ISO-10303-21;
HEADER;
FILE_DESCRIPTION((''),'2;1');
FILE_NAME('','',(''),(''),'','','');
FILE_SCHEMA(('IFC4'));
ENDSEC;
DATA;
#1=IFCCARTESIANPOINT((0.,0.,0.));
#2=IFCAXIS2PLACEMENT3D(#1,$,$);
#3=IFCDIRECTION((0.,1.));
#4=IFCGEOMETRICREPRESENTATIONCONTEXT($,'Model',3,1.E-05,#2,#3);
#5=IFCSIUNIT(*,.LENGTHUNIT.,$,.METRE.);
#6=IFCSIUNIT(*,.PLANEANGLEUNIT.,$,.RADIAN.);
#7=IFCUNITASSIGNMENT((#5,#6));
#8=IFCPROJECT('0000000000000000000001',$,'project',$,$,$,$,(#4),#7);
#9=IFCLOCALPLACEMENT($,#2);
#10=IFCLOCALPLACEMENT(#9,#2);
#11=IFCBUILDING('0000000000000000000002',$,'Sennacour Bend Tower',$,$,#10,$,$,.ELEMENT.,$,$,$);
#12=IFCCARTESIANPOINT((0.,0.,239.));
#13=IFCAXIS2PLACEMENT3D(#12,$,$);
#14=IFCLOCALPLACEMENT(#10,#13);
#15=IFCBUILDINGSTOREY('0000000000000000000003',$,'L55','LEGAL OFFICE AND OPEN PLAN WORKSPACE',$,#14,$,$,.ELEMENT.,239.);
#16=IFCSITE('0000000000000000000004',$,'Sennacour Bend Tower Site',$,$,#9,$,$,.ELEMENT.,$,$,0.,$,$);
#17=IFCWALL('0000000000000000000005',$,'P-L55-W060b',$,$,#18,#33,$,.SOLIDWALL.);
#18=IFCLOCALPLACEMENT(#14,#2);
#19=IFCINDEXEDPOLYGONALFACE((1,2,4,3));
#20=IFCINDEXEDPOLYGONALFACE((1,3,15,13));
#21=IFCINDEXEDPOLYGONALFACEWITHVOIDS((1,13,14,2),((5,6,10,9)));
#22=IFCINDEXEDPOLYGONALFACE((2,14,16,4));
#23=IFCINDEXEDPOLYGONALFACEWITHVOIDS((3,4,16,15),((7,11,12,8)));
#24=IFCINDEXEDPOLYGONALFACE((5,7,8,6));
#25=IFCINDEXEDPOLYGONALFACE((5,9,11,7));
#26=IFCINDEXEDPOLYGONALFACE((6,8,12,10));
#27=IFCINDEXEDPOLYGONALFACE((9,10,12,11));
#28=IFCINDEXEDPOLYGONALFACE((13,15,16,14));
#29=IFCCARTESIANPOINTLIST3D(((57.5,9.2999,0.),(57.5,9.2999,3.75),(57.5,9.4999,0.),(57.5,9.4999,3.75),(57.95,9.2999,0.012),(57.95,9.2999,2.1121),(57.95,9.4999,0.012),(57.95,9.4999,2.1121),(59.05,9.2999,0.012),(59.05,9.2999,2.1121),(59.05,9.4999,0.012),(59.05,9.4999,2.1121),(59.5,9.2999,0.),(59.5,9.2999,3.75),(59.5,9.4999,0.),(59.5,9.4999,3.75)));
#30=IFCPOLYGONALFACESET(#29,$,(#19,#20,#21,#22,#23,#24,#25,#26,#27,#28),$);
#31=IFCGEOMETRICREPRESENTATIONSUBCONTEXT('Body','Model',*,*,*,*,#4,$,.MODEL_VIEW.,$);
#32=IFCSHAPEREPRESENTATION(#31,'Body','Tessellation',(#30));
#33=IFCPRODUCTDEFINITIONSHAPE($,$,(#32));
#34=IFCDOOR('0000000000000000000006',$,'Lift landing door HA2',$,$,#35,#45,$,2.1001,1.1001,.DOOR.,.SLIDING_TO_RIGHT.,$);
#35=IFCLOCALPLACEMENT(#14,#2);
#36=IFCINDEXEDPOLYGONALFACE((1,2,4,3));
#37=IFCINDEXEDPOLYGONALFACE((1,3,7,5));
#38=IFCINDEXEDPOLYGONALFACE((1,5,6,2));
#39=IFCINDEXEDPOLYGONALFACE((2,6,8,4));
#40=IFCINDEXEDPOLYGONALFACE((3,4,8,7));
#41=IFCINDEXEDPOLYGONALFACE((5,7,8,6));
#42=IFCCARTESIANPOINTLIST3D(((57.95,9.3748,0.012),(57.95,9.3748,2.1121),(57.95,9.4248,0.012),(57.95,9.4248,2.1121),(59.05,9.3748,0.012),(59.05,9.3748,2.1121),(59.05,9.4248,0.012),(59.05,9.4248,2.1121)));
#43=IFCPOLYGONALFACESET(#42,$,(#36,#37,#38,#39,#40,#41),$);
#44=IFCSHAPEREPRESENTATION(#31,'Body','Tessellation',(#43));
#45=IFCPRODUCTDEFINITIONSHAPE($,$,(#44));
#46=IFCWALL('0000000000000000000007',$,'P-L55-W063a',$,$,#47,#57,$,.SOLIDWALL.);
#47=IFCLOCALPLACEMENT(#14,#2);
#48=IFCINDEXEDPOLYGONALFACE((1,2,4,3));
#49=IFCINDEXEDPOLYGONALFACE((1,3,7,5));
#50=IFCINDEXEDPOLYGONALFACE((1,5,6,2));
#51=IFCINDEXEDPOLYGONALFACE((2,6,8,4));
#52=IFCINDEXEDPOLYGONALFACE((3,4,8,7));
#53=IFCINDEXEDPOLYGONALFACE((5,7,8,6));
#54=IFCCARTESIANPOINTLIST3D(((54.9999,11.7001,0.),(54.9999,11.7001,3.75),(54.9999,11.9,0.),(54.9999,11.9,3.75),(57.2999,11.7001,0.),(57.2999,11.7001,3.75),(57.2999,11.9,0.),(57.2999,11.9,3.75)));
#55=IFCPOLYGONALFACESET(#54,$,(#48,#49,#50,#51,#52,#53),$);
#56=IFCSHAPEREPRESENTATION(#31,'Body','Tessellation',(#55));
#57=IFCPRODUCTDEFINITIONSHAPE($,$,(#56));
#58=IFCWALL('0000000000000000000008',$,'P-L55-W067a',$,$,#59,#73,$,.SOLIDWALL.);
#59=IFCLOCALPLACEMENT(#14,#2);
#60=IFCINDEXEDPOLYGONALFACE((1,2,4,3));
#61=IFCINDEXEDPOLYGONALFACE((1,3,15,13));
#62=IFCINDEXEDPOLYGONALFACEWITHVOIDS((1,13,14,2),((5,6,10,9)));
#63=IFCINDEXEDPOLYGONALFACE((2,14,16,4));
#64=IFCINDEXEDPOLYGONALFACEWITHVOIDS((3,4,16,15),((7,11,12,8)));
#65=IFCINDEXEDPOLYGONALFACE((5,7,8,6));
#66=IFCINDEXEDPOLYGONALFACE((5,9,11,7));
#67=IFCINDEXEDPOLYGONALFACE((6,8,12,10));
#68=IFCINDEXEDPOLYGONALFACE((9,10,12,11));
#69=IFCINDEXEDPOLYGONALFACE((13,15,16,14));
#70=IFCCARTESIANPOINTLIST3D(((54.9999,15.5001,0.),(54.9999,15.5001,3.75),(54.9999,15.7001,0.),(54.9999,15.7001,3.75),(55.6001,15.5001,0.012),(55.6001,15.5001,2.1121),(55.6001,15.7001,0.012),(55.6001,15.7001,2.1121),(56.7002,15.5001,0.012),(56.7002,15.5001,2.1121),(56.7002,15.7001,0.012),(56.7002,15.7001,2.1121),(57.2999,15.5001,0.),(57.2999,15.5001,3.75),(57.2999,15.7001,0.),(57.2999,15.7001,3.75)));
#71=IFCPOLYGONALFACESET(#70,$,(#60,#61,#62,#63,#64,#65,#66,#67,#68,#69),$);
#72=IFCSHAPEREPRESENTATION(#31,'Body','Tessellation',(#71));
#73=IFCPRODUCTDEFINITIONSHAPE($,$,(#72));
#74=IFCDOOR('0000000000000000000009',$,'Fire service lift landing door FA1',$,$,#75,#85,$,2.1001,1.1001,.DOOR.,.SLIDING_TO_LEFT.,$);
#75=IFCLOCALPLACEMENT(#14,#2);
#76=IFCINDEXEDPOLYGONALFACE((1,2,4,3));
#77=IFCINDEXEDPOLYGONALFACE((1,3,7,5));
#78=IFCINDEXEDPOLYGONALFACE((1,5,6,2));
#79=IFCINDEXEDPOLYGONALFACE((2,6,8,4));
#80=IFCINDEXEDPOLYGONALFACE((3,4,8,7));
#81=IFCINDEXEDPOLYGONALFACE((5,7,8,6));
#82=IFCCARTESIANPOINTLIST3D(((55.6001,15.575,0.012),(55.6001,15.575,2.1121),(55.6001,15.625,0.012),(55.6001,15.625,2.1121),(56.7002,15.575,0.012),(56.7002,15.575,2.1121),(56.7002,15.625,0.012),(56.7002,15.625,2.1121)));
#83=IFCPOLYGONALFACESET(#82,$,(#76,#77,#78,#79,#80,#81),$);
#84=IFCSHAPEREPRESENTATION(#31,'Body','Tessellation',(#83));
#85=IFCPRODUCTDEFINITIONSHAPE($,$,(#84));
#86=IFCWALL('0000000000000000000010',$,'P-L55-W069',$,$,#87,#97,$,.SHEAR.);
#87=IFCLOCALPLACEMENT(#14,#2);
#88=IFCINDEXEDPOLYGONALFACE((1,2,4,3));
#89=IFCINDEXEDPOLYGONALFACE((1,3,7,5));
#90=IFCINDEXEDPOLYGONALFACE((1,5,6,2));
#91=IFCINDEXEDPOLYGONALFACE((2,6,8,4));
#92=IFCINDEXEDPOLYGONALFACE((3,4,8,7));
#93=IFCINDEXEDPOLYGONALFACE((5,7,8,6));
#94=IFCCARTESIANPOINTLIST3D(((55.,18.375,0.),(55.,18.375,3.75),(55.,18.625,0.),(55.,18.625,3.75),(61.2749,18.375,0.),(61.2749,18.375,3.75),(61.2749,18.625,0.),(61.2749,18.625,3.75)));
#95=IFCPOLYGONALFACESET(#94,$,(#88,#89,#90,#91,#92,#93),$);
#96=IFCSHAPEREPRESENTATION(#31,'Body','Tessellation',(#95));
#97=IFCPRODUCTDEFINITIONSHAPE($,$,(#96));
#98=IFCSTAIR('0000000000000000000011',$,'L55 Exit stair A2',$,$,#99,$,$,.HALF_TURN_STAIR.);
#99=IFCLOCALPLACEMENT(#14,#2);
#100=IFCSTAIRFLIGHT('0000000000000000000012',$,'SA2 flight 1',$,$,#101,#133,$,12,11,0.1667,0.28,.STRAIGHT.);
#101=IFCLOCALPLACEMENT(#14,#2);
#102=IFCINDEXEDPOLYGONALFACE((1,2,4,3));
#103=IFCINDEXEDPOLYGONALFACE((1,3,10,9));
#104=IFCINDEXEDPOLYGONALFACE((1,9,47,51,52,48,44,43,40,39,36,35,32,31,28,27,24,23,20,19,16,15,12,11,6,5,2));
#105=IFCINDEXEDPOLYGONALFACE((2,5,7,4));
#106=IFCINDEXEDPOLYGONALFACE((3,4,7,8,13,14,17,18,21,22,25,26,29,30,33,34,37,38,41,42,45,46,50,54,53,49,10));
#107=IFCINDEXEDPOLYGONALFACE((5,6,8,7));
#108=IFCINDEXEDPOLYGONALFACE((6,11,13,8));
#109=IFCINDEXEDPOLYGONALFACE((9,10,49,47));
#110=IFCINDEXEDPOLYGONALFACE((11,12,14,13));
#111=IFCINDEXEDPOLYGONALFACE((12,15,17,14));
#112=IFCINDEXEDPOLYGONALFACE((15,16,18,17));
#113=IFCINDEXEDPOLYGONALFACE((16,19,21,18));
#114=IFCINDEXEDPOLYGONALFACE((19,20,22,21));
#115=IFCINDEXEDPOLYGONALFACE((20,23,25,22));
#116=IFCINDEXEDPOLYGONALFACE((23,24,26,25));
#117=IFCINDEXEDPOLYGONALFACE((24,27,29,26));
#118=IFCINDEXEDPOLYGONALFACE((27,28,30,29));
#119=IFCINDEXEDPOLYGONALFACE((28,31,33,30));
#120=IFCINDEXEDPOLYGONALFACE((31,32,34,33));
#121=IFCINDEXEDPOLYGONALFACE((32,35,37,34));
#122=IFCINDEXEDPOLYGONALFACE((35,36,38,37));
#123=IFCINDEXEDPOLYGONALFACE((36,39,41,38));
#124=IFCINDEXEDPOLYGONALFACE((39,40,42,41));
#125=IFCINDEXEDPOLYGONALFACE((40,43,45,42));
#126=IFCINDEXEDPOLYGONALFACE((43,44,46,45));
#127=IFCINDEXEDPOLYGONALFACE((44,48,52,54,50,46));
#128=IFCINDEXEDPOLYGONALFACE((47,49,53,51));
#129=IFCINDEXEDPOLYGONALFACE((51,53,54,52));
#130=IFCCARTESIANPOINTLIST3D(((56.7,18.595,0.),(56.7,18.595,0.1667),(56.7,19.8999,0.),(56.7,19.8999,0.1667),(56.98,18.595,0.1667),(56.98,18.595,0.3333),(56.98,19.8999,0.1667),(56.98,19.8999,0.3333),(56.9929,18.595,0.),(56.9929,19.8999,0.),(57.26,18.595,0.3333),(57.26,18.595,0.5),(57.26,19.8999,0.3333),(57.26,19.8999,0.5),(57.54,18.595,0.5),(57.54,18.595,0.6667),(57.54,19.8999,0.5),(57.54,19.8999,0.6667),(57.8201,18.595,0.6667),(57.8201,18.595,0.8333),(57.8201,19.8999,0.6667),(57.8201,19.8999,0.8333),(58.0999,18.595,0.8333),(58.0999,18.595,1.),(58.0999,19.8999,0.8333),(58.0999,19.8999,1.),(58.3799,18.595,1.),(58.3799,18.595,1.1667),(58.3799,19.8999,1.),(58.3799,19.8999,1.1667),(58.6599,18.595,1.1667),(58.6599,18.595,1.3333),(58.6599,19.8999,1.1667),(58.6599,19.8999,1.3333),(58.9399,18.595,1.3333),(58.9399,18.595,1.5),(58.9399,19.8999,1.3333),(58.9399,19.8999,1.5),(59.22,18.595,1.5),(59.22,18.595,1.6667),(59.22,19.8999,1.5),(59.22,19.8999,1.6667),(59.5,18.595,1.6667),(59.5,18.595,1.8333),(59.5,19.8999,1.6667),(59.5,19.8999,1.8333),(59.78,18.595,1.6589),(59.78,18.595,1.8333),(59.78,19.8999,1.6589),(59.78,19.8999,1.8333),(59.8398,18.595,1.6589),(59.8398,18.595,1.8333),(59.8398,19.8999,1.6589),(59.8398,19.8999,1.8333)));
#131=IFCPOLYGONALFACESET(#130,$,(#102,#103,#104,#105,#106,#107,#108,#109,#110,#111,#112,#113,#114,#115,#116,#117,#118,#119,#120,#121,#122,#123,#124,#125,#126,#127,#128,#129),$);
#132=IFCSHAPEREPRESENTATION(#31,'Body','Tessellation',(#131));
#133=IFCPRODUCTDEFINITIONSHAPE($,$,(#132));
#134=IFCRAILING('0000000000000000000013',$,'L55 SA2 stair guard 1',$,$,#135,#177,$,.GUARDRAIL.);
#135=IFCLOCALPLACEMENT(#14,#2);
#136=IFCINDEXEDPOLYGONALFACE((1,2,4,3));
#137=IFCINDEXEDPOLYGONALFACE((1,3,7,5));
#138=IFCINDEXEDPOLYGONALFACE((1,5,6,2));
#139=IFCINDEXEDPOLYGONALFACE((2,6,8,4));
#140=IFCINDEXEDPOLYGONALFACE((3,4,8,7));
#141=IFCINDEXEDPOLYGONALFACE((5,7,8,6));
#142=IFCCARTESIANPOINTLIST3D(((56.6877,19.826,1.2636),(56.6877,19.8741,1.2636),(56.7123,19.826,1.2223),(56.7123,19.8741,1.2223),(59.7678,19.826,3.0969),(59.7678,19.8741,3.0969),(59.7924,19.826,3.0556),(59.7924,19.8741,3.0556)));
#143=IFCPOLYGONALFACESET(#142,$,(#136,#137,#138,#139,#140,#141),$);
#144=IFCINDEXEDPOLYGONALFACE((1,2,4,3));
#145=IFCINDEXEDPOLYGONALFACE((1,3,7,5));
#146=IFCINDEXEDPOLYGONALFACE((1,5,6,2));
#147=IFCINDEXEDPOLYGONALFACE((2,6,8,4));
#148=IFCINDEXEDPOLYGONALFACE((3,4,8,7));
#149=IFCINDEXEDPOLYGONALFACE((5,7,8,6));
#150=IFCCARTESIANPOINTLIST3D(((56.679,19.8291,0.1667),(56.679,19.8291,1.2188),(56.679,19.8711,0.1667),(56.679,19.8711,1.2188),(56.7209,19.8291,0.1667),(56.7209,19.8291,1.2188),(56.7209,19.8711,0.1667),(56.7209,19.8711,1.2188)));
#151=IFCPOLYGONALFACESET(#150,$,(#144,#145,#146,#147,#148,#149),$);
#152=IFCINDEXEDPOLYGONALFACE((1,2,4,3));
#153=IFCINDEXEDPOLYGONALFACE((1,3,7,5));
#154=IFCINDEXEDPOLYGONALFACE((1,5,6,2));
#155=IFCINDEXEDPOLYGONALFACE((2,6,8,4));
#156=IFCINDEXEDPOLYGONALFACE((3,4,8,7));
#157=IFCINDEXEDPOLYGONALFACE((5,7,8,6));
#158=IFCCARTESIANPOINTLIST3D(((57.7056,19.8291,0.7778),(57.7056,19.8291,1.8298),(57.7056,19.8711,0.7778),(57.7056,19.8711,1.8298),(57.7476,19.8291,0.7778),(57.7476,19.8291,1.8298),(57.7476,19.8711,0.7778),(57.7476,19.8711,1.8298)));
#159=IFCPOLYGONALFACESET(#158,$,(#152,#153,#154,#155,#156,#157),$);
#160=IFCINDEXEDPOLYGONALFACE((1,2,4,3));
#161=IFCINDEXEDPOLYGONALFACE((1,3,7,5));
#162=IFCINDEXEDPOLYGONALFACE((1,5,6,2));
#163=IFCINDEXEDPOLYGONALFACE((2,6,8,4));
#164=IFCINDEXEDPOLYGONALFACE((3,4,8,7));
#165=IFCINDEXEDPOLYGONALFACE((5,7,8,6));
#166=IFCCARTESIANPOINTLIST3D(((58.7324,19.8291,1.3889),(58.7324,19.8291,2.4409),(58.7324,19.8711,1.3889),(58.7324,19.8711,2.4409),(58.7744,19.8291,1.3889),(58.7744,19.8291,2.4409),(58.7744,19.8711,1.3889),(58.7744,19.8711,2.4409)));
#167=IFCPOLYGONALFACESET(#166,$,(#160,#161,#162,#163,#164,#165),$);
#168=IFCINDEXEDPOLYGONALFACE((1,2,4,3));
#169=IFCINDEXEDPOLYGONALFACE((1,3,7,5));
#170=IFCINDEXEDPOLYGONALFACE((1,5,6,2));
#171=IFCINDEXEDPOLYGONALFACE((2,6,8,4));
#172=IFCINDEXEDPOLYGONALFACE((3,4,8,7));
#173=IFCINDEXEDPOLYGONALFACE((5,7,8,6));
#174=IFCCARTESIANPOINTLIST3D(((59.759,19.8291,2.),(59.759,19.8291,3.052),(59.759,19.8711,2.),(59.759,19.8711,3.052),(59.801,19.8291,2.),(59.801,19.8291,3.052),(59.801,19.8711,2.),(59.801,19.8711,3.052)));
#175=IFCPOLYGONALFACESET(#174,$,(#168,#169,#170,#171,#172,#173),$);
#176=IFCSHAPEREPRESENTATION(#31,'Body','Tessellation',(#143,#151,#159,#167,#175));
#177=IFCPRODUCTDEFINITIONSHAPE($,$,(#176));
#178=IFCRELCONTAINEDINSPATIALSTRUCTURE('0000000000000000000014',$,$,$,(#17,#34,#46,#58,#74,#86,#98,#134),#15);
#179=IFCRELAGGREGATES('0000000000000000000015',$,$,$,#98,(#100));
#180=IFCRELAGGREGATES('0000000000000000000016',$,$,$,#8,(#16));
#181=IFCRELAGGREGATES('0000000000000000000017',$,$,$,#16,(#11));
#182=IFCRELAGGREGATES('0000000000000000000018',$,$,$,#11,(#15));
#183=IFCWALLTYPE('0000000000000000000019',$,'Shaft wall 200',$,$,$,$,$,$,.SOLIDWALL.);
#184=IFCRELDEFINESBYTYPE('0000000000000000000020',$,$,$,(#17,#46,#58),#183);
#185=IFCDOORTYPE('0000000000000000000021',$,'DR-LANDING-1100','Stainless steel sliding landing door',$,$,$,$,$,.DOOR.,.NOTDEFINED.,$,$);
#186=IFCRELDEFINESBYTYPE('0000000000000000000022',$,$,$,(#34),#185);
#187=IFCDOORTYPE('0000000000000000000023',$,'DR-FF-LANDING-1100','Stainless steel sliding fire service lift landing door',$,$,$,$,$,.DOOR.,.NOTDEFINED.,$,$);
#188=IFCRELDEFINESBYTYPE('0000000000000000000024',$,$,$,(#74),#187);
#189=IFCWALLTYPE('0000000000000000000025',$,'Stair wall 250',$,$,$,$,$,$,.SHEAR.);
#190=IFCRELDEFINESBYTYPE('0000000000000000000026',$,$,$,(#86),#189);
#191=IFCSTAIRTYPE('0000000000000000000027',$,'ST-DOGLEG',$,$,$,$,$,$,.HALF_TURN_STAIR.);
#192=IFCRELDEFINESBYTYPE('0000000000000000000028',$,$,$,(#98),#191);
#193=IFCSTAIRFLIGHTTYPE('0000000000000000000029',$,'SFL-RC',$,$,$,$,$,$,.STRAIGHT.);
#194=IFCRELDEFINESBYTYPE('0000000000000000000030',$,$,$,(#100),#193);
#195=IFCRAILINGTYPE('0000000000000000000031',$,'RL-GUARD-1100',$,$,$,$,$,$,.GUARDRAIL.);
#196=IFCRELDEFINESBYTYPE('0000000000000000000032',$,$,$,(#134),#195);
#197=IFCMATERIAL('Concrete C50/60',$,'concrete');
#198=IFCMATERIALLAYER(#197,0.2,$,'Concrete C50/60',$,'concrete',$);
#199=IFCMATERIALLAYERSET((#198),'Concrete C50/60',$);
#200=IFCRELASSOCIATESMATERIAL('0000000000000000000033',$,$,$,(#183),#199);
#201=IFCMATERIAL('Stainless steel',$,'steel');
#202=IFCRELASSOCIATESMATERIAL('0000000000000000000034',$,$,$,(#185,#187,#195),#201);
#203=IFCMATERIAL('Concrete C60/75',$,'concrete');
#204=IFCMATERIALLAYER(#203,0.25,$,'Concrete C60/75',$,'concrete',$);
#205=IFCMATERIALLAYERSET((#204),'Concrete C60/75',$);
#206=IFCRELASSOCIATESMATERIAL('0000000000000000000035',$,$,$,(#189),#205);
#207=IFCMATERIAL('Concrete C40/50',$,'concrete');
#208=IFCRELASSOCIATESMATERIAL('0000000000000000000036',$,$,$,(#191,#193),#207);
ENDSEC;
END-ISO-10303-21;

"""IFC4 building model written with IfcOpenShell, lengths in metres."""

from ifc_helpers import new_model, si_unit, direction, frame, frame_2d, origin, origin_2d, place, context, subcontext, project, spatial, polyline, rectangle, outline, extrude, material, layer, layer_set, type_object, element, fill, aggregate, save


model = new_model("IFC4")

# Units and contexts
model_context = context("Model", 3, precision=1e-05, world=origin(), true_north=direction((0.0, 1.0)))
body_context = subcontext(model_context, "Body", "Model", "MODEL_VIEW")
ifc_project = project(units=[si_unit("LENGTHUNIT", "METRE"), si_unit("PLANEANGLEUNIT", "RADIAN")], contexts=[model_context])

# Site, building, storey
site_placement = place(None, origin())
site = spatial("IfcSite", under=ifc_project, at=site_placement, Name="Sennacour Bend Tower Site", CompositionType="ELEMENT", RefElevation=0.0)
building_placement = place(site_placement, origin())
building = spatial("IfcBuilding", under=site, at=building_placement, Name="Sennacour Bend Tower", CompositionType="ELEMENT")
storey_placement = place(building_placement, frame((0.0, 0.0, 239.0)))
storey = spatial("IfcBuildingStorey", under=building, at=storey_placement, Name="L55", Description="LEGAL OFFICE AND OPEN PLAN WORKSPACE", CompositionType="ELEMENT", Elevation=239.0)

# Shared definitions
ifc_material_1 = material(Name="Concrete C60/75", Category="concrete")

# Shared definitions
ifc_material_2 = material(Name="Concrete C50/60", Category="concrete")
ifc_layer_1 = layer(ifc_material_2, 0.2, Name="Concrete C50/60", Category="concrete")
ifc_layer_set_1 = layer_set([ifc_layer_1], Name="Concrete C50/60")
wall_type_1 = type_object("IfcWallType", Name="Shaft wall 200", PredefinedType="SOLIDWALL", material=ifc_layer_set_1)

# Wall, opening, door
ifc_material_3 = material(Name="Stainless steel", Category="steel")
door_type_1 = type_object("IfcDoorType", Name="DR-LANDING-1100", Description="Stainless steel sliding landing door", OperationType="NOTDEFINED", PredefinedType="DOOR", material=ifc_material_3)
wall_1_placement = place(storey_placement, frame((57.5, 9.3999, 0.0), z_axis=(0.0, 0.0, 1.0), x_axis=(1.0, 0.0, 0.0)))
wall_1 = element("IfcWall", 1, at=wall_1_placement, inside=storey, type_object=wall_type_1, Name="P-L55-W060b", PredefinedType="SOLIDWALL", context=body_context, shape_type="SweptSolid", body=[
    extrude(rectangle(XDim=2.0, YDim=0.2, at=frame_2d((1.0, 0.0))), origin(), (0.0, 0.0, 1.0), 3.75),
])
opening_1_placement = place(wall_1_placement, frame((0.45, 0.0, 0.012)))
opening_1 = element("IfcOpeningElement", 2, at=opening_1_placement, cuts=wall_1, PredefinedType="OPENING", context=body_context, shape_type="SweptSolid", body=[
    extrude(rectangle(XDim=1.1001, YDim=2.1001, at=frame_2d((0.55, 1.05))), frame((0.0, 0.1099, 0.0), z_axis=(0.0, -1.0, 0.0), x_axis=(1.0, 0.0, 0.0)), (0.0, 0.0, 1.0), 0.22),
])
door_1_placement = place(opening_1_placement, origin())
door_1 = element("IfcDoor", 3, at=door_1_placement, inside=storey, type_object=door_type_1, Name="Lift landing door HA2", OperationType="SLIDING_TO_RIGHT", OverallHeight=2.1001, OverallWidth=1.1001, PredefinedType="DOOR", context=body_context, shape_type="SweptSolid", body=[
    extrude(rectangle(XDim=1.1001, YDim=2.1001, at=frame_2d((0.55, 1.05))), frame((0.0, 0.0249, 0.0), z_axis=(0.0, -1.0, 0.0), x_axis=(1.0, 0.0, 0.0)), (0.0, 0.0, 1.0), 0.05),
])
fill(opening_1, door_1)

# Wall
wall_2_placement = place(storey_placement, frame((55.0, 11.8, 0.0), z_axis=(0.0, 0.0, 1.0), x_axis=(1.0, 0.0, 0.0)))
element("IfcWall", 4, at=wall_2_placement, inside=storey, type_object=wall_type_1, Name="P-L55-W063a", PredefinedType="SOLIDWALL", context=body_context, shape_type="SweptSolid", body=[
    extrude(rectangle(XDim=2.3, YDim=0.2, at=frame_2d((1.1499, 0.0))), origin(), (0.0, 0.0, 1.0), 3.75),
])

# Wall, opening, door
wall_3_placement = place(storey_placement, frame((55.0, 15.6001, 0.0), z_axis=(0.0, 0.0, 1.0), x_axis=(1.0, 0.0, 0.0)))
wall_3 = element("IfcWall", 5, at=wall_3_placement, inside=storey, type_object=wall_type_1, Name="P-L55-W067a", PredefinedType="SOLIDWALL", context=body_context, shape_type="SweptSolid", body=[
    extrude(rectangle(XDim=2.3, YDim=0.2, at=frame_2d((1.1499, 0.0))), origin(), (0.0, 0.0, 1.0), 3.75),
])
opening_2_placement = place(wall_3_placement, frame((0.6001, 0.0, 0.012)))
opening_2 = element("IfcOpeningElement", 6, at=opening_2_placement, cuts=wall_3, PredefinedType="OPENING", context=body_context, shape_type="SweptSolid", body=[
    extrude(rectangle(XDim=1.1001, YDim=2.1001, at=frame_2d((0.55, 1.05))), frame((0.0, 0.1099, 0.0), z_axis=(0.0, -1.0, 0.0), x_axis=(1.0, 0.0, 0.0)), (0.0, 0.0, 1.0), 0.22),
])
door_type_2 = type_object("IfcDoorType", Name="DR-FF-LANDING-1100", Description="Stainless steel sliding fire service lift landing door", OperationType="NOTDEFINED", PredefinedType="DOOR", material=ifc_material_3)
door_2_placement = place(opening_2_placement, origin())
door_2 = element("IfcDoor", 7, at=door_2_placement, inside=storey, type_object=door_type_2, Name="Fire service lift landing door FA1", OperationType="SLIDING_TO_LEFT", OverallHeight=2.1001, OverallWidth=1.1001, PredefinedType="DOOR", context=body_context, shape_type="SweptSolid", body=[
    extrude(rectangle(XDim=1.1001, YDim=2.1001, at=frame_2d((0.55, 1.05))), frame((0.0, 0.0249, 0.0), z_axis=(0.0, -1.0, 0.0), x_axis=(1.0, 0.0, 0.0)), (0.0, 0.0, 1.0), 0.05),
])
fill(opening_2, door_2)

# Wall
ifc_layer_2 = layer(ifc_material_1, 0.25, Name="Concrete C60/75", Category="concrete")
ifc_layer_set_2 = layer_set([ifc_layer_2], Name="Concrete C60/75")
wall_type_2 = type_object("IfcWallType", Name="Stair wall 250", PredefinedType="SHEAR", material=ifc_layer_set_2)
wall_4_placement = place(storey_placement, frame((55.0, 18.5, 0.0), z_axis=(0.0, 0.0, 1.0), x_axis=(1.0, 0.0, 0.0)))
element("IfcWall", 8, at=wall_4_placement, inside=storey, type_object=wall_type_2, Name="P-L55-W069", PredefinedType="SHEAR", context=body_context, shape_type="SweptSolid", body=[
    extrude(rectangle(XDim=6.2749, YDim=0.25, at=frame_2d((3.1375, 0.0))), origin(), (0.0, 0.0, 1.0), 3.75),
])

# Stair, stair flight
ifc_material_4 = material(Name="Concrete C40/50", Category="concrete")
stair_type = type_object("IfcStairType", Name="ST-DOGLEG", PredefinedType="HALF_TURN_STAIR", material=ifc_material_4)
stair_placement = place(storey_placement, origin())
stair = element("IfcStair", 9, at=stair_placement, inside=storey, type_object=stair_type, Name="L55 Exit stair A2", PredefinedType="HALF_TURN_STAIR")
stair_flight_type = type_object("IfcStairFlightType", Name="SFL-RC", PredefinedType="STRAIGHT", material=ifc_material_4)
stair_flight_placement = place(storey_placement, frame((56.7, 19.2476, 0.0), z_axis=(0.0, 0.0, 1.0), x_axis=(1.0, 0.0, 0.0)))
stair_flight = element("IfcStairFlight", 10, at=stair_flight_placement, type_object=stair_flight_type, Name="SA2 flight 1", NumberOfRisers=12, NumberOfTreads=11, PredefinedType="STRAIGHT", RiserHeight=0.1667, TreadLength=0.28, context=body_context, shape_type="SweptSolid", body=[
    extrude(outline(polyline([(0.0, 0.0), (0.0, 0.1667), (0.28, 0.1667), (0.28, 0.3333), (0.5601, 0.3333), (0.5601, 0.5), (0.8401, 0.5), (0.8401, 0.6667), (1.1201, 0.6667), (1.1201, 0.8333), (1.3999, 0.8333), (1.3999, 1.0), (1.6799, 1.0), (1.6799, 1.1667), (1.96, 1.1667), (1.96, 1.3333), (2.24, 1.3333), (2.24, 1.5), (2.52, 1.5), (2.52, 1.6667), (2.8, 1.6667), (2.8, 1.8333), (3.0801, 1.8333), (3.1399, 1.8333), (3.1399, 1.6589), (3.0801, 1.6589), (0.293, 0.0), (0.0, 0.0)])), frame((0.0, 0.6523, 0.0), z_axis=(0.0, -1.0, 0.0), x_axis=(1.0, 0.0, 0.0)), (0.0, 0.0, 1.0), 1.3049),
])
aggregate(stair, [stair_flight])

# Railing
railing_type_1 = type_object("IfcRailingType", Name="RL-GUARD-1100", PredefinedType="GUARDRAIL", material=ifc_material_3)
railing_1_placement = place(storey_placement, frame((56.7, 19.8501, 0.1667)))
element("IfcRailing", 11, at=railing_1_placement, inside=storey, type_object=railing_type_1, Name="L55 SA2 stair guard 1", PredefinedType="GUARDRAIL", context=body_context, shape_type="SweptSolid", body=[
    extrude(rectangle(XDim=0.0481, YDim=0.0481, at=origin_2d()), frame((0.0, 0.0, 1.0762), z_axis=(0.859309, 0.0, 0.511458), x_axis=(0.0, 1.0, 0.0)), (0.0, 0.0, 1.0), 3.5845),
    extrude(rectangle(XDim=0.042, YDim=0.042, at=origin_2d()), origin(), (0.0, 0.0, 1.0), 1.052),
    extrude(rectangle(XDim=0.042, YDim=0.042, at=origin_2d()), frame((1.0266, 0.0, 0.6111)), (0.0, 0.0, 1.0), 1.052),
    extrude(rectangle(XDim=0.042, YDim=0.042, at=origin_2d()), frame((2.0535, 0.0, 1.2222)), (0.0, 0.0, 1.0), 1.052),
    extrude(rectangle(XDim=0.042, YDim=0.042, at=origin_2d()), frame((3.0801, 0.0, 1.8333)), (0.0, 0.0, 1.0), 1.052),
])

save(model, "model.ifc")
